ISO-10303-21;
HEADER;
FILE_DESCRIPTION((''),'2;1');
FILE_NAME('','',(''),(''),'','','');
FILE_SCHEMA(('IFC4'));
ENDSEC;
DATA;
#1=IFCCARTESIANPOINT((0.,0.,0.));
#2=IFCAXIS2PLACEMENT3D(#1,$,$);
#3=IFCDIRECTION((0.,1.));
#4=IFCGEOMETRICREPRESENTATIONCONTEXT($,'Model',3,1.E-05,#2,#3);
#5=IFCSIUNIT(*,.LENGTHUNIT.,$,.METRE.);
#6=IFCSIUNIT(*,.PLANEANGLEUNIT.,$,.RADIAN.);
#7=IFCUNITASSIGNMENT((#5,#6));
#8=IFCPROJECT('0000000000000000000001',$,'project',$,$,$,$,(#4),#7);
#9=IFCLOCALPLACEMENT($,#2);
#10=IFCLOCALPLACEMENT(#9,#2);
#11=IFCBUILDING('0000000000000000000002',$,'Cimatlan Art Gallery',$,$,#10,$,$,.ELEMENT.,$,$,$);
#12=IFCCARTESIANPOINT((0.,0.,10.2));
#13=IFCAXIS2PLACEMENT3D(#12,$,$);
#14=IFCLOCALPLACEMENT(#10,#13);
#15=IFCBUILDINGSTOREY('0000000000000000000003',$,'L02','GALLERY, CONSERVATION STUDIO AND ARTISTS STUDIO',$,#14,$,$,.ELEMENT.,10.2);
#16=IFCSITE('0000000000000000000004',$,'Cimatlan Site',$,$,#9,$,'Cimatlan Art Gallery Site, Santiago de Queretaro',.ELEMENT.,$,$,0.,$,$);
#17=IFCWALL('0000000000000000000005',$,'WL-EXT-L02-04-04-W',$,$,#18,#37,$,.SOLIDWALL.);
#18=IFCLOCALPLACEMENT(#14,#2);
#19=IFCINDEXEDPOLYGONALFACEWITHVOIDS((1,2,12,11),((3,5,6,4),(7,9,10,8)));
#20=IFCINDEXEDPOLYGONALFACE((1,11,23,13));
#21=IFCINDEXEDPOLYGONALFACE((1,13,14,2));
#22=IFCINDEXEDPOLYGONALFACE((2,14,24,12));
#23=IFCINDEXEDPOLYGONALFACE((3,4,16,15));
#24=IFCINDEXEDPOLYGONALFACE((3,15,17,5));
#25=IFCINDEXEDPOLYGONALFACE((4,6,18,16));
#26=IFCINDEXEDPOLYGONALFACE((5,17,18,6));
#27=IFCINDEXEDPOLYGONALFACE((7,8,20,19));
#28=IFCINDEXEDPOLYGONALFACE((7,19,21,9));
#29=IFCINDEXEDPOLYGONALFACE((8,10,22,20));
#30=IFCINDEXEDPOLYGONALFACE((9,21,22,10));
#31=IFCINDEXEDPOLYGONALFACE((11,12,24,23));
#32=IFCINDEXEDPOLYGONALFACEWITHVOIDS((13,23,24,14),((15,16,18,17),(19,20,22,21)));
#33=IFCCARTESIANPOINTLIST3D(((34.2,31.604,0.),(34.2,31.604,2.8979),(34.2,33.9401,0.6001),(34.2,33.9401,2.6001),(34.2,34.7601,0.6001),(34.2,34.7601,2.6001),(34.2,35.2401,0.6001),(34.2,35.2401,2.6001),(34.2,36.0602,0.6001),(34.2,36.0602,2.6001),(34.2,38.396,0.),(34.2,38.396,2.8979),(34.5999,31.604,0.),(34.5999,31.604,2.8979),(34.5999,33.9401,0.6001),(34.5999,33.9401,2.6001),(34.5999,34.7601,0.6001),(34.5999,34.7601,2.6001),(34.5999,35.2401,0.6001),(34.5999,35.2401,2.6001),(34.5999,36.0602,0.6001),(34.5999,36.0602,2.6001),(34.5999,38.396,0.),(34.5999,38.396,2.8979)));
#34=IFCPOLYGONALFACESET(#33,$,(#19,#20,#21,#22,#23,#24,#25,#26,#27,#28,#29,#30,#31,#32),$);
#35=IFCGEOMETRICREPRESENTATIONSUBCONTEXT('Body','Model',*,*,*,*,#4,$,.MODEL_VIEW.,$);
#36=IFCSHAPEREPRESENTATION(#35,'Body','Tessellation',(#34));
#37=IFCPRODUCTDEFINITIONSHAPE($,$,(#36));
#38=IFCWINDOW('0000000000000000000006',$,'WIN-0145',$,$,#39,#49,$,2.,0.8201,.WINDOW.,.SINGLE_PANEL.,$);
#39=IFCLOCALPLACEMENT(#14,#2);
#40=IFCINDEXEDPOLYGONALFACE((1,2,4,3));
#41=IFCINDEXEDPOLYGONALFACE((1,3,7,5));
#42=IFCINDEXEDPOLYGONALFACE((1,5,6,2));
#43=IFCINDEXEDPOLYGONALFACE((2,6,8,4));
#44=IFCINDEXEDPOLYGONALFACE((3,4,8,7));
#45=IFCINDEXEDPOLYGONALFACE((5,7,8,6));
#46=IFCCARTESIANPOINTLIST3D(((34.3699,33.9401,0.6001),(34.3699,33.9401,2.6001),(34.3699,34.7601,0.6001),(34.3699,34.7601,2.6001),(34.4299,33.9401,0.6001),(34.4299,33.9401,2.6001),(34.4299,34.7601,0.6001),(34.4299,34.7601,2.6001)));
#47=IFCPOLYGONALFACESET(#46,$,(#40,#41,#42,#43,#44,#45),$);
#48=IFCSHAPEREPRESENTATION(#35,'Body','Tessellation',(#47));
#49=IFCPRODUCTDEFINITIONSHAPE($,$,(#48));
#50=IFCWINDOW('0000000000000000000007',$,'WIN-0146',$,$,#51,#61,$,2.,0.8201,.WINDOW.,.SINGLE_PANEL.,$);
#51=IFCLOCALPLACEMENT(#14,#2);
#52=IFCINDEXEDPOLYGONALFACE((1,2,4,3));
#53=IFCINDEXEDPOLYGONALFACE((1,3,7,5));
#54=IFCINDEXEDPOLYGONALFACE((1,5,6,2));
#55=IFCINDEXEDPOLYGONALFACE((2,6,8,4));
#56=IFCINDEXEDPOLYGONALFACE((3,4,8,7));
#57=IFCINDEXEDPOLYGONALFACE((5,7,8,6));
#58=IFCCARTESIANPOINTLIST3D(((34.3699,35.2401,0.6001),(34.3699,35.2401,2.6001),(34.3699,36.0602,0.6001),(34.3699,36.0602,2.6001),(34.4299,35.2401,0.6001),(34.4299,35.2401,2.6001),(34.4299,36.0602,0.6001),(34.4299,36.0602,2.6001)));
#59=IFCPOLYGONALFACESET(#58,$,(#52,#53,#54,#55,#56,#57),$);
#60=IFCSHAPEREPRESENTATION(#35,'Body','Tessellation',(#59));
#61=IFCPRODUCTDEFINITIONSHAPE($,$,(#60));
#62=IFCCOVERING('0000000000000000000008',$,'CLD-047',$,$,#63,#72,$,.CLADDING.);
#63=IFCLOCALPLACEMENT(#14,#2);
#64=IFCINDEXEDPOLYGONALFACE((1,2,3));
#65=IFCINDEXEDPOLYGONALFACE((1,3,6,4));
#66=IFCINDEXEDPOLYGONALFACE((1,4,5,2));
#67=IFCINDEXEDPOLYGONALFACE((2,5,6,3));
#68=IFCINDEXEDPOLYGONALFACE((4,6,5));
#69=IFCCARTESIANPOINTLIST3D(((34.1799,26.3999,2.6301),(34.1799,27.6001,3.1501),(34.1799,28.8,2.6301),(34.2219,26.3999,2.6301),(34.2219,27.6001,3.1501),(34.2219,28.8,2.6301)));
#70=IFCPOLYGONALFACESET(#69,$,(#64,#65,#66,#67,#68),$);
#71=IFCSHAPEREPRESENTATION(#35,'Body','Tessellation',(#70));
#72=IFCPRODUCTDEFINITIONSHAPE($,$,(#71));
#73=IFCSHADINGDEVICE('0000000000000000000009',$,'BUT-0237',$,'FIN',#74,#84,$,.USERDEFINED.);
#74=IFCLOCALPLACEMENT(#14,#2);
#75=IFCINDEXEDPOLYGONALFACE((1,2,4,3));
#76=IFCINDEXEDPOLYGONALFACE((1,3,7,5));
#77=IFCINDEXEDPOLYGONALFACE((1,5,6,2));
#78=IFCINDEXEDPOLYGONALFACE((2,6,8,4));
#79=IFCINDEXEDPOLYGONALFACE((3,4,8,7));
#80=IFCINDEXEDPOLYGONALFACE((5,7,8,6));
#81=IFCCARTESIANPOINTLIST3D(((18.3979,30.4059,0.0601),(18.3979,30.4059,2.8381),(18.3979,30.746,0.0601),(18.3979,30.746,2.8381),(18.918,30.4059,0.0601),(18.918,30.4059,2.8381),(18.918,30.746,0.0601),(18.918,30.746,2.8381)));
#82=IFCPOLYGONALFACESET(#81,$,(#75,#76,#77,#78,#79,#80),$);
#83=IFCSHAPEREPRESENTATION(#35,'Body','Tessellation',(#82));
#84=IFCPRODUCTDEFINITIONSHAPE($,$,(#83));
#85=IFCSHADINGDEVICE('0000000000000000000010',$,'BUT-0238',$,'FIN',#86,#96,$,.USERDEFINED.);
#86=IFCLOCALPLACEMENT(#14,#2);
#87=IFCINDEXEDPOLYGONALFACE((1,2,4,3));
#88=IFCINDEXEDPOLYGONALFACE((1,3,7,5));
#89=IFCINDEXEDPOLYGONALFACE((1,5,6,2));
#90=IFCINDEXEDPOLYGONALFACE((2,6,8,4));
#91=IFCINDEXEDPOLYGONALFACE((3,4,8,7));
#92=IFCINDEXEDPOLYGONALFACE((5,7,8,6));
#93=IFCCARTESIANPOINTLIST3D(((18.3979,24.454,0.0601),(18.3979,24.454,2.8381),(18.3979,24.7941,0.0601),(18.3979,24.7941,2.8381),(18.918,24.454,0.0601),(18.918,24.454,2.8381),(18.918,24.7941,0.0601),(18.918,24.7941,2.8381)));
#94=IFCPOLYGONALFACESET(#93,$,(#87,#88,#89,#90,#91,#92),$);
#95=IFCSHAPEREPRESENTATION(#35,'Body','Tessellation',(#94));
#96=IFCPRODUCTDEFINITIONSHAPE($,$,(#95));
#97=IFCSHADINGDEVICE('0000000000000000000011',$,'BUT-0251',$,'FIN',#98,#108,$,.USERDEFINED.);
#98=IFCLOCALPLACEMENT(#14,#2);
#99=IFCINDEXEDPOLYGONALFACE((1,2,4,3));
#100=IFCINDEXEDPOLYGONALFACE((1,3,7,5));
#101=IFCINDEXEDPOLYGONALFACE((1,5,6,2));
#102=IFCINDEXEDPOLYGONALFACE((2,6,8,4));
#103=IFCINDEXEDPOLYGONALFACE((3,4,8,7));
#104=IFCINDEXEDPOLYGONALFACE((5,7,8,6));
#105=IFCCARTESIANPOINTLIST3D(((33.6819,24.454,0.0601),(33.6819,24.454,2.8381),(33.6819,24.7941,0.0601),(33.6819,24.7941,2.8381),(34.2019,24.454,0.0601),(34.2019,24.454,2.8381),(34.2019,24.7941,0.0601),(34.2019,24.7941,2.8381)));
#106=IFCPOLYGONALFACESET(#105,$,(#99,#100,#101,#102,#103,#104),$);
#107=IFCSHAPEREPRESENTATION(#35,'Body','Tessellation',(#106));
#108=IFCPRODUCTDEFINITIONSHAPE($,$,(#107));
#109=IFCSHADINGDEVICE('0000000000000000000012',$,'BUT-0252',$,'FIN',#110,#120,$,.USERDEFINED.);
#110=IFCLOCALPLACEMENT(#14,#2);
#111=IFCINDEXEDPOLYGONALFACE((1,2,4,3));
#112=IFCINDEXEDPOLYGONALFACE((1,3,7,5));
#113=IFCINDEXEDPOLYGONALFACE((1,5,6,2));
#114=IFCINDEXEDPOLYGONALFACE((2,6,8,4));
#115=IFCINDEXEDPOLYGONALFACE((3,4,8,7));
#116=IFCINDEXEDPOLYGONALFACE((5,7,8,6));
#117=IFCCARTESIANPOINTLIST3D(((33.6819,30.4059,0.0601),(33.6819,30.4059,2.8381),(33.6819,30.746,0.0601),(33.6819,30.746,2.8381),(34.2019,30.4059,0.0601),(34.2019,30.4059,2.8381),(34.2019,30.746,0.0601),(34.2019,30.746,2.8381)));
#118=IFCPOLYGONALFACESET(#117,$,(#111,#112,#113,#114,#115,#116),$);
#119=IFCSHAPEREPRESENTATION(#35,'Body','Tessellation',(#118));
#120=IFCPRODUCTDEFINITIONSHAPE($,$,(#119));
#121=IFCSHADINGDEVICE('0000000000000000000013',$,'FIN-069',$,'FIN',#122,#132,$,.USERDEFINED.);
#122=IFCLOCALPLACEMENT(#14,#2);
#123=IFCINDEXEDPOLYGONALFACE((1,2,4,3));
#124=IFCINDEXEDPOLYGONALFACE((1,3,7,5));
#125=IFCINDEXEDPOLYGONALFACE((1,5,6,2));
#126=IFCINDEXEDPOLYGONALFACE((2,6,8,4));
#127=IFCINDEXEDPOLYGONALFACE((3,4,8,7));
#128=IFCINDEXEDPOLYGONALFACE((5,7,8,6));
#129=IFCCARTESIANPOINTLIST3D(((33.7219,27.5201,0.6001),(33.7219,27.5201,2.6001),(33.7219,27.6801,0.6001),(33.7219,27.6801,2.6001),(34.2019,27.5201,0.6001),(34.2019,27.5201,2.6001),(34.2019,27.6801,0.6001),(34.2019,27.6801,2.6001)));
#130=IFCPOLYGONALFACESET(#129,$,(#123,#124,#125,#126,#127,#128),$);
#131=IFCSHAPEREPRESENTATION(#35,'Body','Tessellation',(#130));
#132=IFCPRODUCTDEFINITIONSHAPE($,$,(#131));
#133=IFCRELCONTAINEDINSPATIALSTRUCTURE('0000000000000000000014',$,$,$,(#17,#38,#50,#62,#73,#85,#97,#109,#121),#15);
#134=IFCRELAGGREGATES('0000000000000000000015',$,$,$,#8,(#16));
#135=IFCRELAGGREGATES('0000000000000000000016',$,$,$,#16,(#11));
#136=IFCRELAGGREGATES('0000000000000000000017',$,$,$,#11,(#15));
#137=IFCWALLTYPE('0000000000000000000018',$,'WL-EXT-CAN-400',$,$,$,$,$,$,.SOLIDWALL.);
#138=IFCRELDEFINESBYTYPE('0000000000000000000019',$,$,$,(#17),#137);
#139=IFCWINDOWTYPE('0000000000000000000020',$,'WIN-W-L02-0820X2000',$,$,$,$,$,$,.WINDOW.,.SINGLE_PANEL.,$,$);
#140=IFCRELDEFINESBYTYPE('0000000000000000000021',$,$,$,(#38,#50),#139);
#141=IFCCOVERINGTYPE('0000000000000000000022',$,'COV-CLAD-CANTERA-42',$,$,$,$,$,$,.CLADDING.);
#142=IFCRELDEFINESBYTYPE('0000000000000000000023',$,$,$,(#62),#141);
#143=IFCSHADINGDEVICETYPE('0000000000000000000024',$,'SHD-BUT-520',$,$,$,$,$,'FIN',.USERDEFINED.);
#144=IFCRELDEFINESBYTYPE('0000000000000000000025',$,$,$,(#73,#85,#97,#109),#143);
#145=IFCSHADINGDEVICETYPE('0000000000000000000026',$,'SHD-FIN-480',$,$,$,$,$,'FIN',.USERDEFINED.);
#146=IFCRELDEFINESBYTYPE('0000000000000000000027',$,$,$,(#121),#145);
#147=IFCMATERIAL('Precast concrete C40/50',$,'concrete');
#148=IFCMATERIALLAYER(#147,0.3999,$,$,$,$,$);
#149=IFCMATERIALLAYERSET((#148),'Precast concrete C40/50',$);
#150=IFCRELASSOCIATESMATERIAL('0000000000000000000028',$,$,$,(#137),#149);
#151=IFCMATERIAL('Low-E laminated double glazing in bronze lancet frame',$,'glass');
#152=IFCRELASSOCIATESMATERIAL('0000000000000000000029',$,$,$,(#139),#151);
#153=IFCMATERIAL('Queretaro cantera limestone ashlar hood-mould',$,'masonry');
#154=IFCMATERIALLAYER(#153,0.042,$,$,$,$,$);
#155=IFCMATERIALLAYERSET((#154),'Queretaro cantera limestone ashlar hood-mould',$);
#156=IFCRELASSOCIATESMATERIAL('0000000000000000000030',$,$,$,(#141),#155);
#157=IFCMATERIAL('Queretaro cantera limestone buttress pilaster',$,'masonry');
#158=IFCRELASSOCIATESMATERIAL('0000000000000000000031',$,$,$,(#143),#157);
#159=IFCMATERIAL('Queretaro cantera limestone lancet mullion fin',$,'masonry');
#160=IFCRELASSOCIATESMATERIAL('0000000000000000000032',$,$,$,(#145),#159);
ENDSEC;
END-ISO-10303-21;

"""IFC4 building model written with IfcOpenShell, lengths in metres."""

from ifc_helpers import new_model, si_unit, direction, frame, frame_2d, origin, origin_2d, place, context, subcontext, project, spatial, polyline, rectangle, outline, extrude, material, layer, layer_set, type_object, element, fill, save


model = new_model("IFC4")

# Units and contexts
model_context = context("Model", 3, precision=1e-05, world=origin(), true_north=direction((0.0, 1.0)))
body_context = subcontext(model_context, "Body", "Model", "MODEL_VIEW")
ifc_project = project(units=[si_unit("LENGTHUNIT", "METRE"), si_unit("PLANEANGLEUNIT", "RADIAN")], contexts=[model_context])

# Site, building, storey
site_placement = place(None, origin())
site = spatial("IfcSite", under=ifc_project, at=site_placement, Name="Cimatlan Site", LongName="Cimatlan Art Gallery Site, Santiago de Queretaro", CompositionType="ELEMENT", RefElevation=0.0)
building_placement = place(site_placement, origin())
building = spatial("IfcBuilding", under=site, at=building_placement, Name="Cimatlan Art Gallery", CompositionType="ELEMENT")
storey_placement = place(building_placement, frame((0.0, 0.0, 10.2)))
storey = spatial("IfcBuildingStorey", under=building, at=storey_placement, Name="L02", Description="GALLERY, CONSERVATION STUDIO AND ARTISTS STUDIO", CompositionType="ELEMENT", Elevation=10.2)

# Wall, openings, windows
ifc_material_1 = material(Name="Precast concrete C40/50", Category="concrete")
ifc_layer_1 = layer(ifc_material_1, 0.3999)
ifc_layer_set_1 = layer_set([ifc_layer_1], Name="Precast concrete C40/50")
wall_type = type_object("IfcWallType", Name="WL-EXT-CAN-400", PredefinedType="SOLIDWALL", material=ifc_layer_set_1)
ifc_material_2 = material(Name="Low-E laminated double glazing in bronze lancet frame", Category="glass")
window_type = type_object("IfcWindowType", Name="WIN-W-L02-0820X2000", PartitioningType="SINGLE_PANEL", PredefinedType="WINDOW", material=ifc_material_2)
wall_1_placement = place(storey_placement, frame((34.3999, 31.604, 0.0), z_axis=(0.0, 0.0, 1.0), x_axis=(0.0, 1.0, 0.0)))
wall_1 = element("IfcWall", 1, at=wall_1_placement, inside=storey, type_object=wall_type, Name="WL-EXT-L02-04-04-W", PredefinedType="SOLIDWALL", context=body_context, shape_type="SweptSolid", body=[
    extrude(rectangle(XDim=6.792, YDim=0.3999, at=frame_2d((3.396, 0.0))), origin(), (0.0, 0.0, 1.0), 2.8979),
])
opening_1_placement = place(wall_1_placement, frame((2.3359, 0.0, 0.6001)))
opening_1 = element("IfcOpeningElement", 2, at=opening_1_placement, cuts=wall_1, PredefinedType="OPENING", context=body_context, shape_type="SweptSolid", body=[
    extrude(rectangle(XDim=0.8201, YDim=2.0, at=frame_2d((0.4102, 1.0))), frame((0.0, 0.21, 0.0), z_axis=(0.0, -1.0, 0.0), x_axis=(1.0, 0.0, 0.0)), (0.0, 0.0, 1.0), 0.4199),
])
opening_2_placement = place(wall_1_placement, frame((3.636, 0.0, 0.6001)))
opening_2 = element("IfcOpeningElement", 3, at=opening_2_placement, cuts=wall_1, PredefinedType="OPENING", context=body_context, shape_type="SweptSolid", body=[
    extrude(rectangle(XDim=0.8201, YDim=2.0, at=frame_2d((0.4102, 1.0))), frame((0.0, 0.21, 0.0), z_axis=(0.0, -1.0, 0.0), x_axis=(1.0, 0.0, 0.0)), (0.0, 0.0, 1.0), 0.4199),
])
window_1_placement = place(opening_1_placement, origin())
window_1 = element("IfcWindow", 4, at=window_1_placement, inside=storey, type_object=window_type, Name="WIN-0145", OverallHeight=2.0, OverallWidth=0.8201, PartitioningType="SINGLE_PANEL", PredefinedType="WINDOW", context=body_context, shape_type="SweptSolid", body=[
    extrude(rectangle(XDim=0.8201, YDim=2.0, at=frame_2d((0.4102, 1.0))), frame((0.0, 0.03, 0.0), z_axis=(0.0, -1.0, 0.0), x_axis=(1.0, 0.0, 0.0)), (0.0, 0.0, 1.0), 0.0601),
])
fill(opening_1, window_1)
window_2_placement = place(opening_2_placement, origin())
window_2 = element("IfcWindow", 5, at=window_2_placement, inside=storey, type_object=window_type, Name="WIN-0146", OverallHeight=2.0, OverallWidth=0.8201, PartitioningType="SINGLE_PANEL", PredefinedType="WINDOW", context=body_context, shape_type="SweptSolid", body=[
    extrude(rectangle(XDim=0.8201, YDim=2.0, at=frame_2d((0.4102, 1.0))), frame((0.0, 0.03, 0.0), z_axis=(0.0, -1.0, 0.0), x_axis=(1.0, 0.0, 0.0)), (0.0, 0.0, 1.0), 0.0601),
])
fill(opening_2, window_2)

# Covering
ifc_material_3 = material(Name="Queretaro cantera limestone ashlar hood-mould", Category="masonry")
ifc_layer_2 = layer(ifc_material_3, 0.042)
ifc_layer_set_2 = layer_set([ifc_layer_2], Name="Queretaro cantera limestone ashlar hood-mould")
covering_type = type_object("IfcCoveringType", Name="COV-CLAD-CANTERA-42", PredefinedType="CLADDING", material=ifc_layer_set_2)
covering_placement = place(storey_placement, frame((34.2219, 26.3999, 2.6301), z_axis=(1.0, 0.0, 0.0), x_axis=(0.0, 1.0, 0.0)))
element("IfcCovering", 6, at=covering_placement, inside=storey, type_object=covering_type, Name="CLD-047", PredefinedType="CLADDING", context=body_context, shape_type="SweptSolid", body=[
    extrude(outline(polyline([(0.0, 0.0), (2.4001, 0.0), (1.2002, 0.52), (0.0, 0.0)])), origin(), (0.0, 0.0, -1.0), 0.042),
])

# Shading devices
ifc_material_4 = material(Name="Queretaro cantera limestone buttress pilaster", Category="masonry")
shading_device_type_1 = type_object("IfcShadingDeviceType", Name="SHD-BUT-520", ElementType="FIN", PredefinedType="USERDEFINED", material=ifc_material_4)
for number, where, z_axis, x_axis, name in (
    (7, (18.658, 30.5759, 0.0601), (0.0, 0.0, 1.0), (0.0, -1.0, 0.0), "BUT-0237"),
    (8, (18.658, 24.624, 0.0601), (0.0, 0.0, 1.0), (0.0, -1.0, 0.0), "BUT-0238"),
    (9, (33.9419, 24.624, 0.0601), (0.0, 0.0, 1.0), (0.0, 1.0, 0.0), "BUT-0251"),
    (10, (33.9419, 30.5759, 0.0601), (0.0, 0.0, 1.0), (0.0, 1.0, 0.0), "BUT-0252"),
):
    element("IfcShadingDevice", number, at=place(storey_placement, frame(where, z_axis=z_axis, x_axis=x_axis)), inside=storey, type_object=shading_device_type_1, Name=name, ObjectType="FIN", PredefinedType="USERDEFINED", context=body_context, shape_type="SweptSolid", body=[
        extrude(rectangle(XDim=0.3401, YDim=0.52, at=origin_2d()), origin(), (0.0, 0.0, 1.0), 2.7781),
    ])
ifc_material_5 = material(Name="Queretaro cantera limestone lancet mullion fin", Category="masonry")
shading_device_type_2 = type_object("IfcShadingDeviceType", Name="SHD-FIN-480", ElementType="FIN", PredefinedType="USERDEFINED", material=ifc_material_5)
shading_device_placement = place(storey_placement, frame((33.9619, 27.6001, 0.6001), z_axis=(0.0, 0.0, 1.0), x_axis=(0.0, 1.0, 0.0)))
element("IfcShadingDevice", 11, at=shading_device_placement, inside=storey, type_object=shading_device_type_2, Name="FIN-069", ObjectType="FIN", PredefinedType="USERDEFINED", context=body_context, shape_type="SweptSolid", body=[
    extrude(rectangle(XDim=0.1599, YDim=0.48, at=origin_2d()), origin(), (0.0, 0.0, 1.0), 2.0),
])

save(model, "model.ifc")
